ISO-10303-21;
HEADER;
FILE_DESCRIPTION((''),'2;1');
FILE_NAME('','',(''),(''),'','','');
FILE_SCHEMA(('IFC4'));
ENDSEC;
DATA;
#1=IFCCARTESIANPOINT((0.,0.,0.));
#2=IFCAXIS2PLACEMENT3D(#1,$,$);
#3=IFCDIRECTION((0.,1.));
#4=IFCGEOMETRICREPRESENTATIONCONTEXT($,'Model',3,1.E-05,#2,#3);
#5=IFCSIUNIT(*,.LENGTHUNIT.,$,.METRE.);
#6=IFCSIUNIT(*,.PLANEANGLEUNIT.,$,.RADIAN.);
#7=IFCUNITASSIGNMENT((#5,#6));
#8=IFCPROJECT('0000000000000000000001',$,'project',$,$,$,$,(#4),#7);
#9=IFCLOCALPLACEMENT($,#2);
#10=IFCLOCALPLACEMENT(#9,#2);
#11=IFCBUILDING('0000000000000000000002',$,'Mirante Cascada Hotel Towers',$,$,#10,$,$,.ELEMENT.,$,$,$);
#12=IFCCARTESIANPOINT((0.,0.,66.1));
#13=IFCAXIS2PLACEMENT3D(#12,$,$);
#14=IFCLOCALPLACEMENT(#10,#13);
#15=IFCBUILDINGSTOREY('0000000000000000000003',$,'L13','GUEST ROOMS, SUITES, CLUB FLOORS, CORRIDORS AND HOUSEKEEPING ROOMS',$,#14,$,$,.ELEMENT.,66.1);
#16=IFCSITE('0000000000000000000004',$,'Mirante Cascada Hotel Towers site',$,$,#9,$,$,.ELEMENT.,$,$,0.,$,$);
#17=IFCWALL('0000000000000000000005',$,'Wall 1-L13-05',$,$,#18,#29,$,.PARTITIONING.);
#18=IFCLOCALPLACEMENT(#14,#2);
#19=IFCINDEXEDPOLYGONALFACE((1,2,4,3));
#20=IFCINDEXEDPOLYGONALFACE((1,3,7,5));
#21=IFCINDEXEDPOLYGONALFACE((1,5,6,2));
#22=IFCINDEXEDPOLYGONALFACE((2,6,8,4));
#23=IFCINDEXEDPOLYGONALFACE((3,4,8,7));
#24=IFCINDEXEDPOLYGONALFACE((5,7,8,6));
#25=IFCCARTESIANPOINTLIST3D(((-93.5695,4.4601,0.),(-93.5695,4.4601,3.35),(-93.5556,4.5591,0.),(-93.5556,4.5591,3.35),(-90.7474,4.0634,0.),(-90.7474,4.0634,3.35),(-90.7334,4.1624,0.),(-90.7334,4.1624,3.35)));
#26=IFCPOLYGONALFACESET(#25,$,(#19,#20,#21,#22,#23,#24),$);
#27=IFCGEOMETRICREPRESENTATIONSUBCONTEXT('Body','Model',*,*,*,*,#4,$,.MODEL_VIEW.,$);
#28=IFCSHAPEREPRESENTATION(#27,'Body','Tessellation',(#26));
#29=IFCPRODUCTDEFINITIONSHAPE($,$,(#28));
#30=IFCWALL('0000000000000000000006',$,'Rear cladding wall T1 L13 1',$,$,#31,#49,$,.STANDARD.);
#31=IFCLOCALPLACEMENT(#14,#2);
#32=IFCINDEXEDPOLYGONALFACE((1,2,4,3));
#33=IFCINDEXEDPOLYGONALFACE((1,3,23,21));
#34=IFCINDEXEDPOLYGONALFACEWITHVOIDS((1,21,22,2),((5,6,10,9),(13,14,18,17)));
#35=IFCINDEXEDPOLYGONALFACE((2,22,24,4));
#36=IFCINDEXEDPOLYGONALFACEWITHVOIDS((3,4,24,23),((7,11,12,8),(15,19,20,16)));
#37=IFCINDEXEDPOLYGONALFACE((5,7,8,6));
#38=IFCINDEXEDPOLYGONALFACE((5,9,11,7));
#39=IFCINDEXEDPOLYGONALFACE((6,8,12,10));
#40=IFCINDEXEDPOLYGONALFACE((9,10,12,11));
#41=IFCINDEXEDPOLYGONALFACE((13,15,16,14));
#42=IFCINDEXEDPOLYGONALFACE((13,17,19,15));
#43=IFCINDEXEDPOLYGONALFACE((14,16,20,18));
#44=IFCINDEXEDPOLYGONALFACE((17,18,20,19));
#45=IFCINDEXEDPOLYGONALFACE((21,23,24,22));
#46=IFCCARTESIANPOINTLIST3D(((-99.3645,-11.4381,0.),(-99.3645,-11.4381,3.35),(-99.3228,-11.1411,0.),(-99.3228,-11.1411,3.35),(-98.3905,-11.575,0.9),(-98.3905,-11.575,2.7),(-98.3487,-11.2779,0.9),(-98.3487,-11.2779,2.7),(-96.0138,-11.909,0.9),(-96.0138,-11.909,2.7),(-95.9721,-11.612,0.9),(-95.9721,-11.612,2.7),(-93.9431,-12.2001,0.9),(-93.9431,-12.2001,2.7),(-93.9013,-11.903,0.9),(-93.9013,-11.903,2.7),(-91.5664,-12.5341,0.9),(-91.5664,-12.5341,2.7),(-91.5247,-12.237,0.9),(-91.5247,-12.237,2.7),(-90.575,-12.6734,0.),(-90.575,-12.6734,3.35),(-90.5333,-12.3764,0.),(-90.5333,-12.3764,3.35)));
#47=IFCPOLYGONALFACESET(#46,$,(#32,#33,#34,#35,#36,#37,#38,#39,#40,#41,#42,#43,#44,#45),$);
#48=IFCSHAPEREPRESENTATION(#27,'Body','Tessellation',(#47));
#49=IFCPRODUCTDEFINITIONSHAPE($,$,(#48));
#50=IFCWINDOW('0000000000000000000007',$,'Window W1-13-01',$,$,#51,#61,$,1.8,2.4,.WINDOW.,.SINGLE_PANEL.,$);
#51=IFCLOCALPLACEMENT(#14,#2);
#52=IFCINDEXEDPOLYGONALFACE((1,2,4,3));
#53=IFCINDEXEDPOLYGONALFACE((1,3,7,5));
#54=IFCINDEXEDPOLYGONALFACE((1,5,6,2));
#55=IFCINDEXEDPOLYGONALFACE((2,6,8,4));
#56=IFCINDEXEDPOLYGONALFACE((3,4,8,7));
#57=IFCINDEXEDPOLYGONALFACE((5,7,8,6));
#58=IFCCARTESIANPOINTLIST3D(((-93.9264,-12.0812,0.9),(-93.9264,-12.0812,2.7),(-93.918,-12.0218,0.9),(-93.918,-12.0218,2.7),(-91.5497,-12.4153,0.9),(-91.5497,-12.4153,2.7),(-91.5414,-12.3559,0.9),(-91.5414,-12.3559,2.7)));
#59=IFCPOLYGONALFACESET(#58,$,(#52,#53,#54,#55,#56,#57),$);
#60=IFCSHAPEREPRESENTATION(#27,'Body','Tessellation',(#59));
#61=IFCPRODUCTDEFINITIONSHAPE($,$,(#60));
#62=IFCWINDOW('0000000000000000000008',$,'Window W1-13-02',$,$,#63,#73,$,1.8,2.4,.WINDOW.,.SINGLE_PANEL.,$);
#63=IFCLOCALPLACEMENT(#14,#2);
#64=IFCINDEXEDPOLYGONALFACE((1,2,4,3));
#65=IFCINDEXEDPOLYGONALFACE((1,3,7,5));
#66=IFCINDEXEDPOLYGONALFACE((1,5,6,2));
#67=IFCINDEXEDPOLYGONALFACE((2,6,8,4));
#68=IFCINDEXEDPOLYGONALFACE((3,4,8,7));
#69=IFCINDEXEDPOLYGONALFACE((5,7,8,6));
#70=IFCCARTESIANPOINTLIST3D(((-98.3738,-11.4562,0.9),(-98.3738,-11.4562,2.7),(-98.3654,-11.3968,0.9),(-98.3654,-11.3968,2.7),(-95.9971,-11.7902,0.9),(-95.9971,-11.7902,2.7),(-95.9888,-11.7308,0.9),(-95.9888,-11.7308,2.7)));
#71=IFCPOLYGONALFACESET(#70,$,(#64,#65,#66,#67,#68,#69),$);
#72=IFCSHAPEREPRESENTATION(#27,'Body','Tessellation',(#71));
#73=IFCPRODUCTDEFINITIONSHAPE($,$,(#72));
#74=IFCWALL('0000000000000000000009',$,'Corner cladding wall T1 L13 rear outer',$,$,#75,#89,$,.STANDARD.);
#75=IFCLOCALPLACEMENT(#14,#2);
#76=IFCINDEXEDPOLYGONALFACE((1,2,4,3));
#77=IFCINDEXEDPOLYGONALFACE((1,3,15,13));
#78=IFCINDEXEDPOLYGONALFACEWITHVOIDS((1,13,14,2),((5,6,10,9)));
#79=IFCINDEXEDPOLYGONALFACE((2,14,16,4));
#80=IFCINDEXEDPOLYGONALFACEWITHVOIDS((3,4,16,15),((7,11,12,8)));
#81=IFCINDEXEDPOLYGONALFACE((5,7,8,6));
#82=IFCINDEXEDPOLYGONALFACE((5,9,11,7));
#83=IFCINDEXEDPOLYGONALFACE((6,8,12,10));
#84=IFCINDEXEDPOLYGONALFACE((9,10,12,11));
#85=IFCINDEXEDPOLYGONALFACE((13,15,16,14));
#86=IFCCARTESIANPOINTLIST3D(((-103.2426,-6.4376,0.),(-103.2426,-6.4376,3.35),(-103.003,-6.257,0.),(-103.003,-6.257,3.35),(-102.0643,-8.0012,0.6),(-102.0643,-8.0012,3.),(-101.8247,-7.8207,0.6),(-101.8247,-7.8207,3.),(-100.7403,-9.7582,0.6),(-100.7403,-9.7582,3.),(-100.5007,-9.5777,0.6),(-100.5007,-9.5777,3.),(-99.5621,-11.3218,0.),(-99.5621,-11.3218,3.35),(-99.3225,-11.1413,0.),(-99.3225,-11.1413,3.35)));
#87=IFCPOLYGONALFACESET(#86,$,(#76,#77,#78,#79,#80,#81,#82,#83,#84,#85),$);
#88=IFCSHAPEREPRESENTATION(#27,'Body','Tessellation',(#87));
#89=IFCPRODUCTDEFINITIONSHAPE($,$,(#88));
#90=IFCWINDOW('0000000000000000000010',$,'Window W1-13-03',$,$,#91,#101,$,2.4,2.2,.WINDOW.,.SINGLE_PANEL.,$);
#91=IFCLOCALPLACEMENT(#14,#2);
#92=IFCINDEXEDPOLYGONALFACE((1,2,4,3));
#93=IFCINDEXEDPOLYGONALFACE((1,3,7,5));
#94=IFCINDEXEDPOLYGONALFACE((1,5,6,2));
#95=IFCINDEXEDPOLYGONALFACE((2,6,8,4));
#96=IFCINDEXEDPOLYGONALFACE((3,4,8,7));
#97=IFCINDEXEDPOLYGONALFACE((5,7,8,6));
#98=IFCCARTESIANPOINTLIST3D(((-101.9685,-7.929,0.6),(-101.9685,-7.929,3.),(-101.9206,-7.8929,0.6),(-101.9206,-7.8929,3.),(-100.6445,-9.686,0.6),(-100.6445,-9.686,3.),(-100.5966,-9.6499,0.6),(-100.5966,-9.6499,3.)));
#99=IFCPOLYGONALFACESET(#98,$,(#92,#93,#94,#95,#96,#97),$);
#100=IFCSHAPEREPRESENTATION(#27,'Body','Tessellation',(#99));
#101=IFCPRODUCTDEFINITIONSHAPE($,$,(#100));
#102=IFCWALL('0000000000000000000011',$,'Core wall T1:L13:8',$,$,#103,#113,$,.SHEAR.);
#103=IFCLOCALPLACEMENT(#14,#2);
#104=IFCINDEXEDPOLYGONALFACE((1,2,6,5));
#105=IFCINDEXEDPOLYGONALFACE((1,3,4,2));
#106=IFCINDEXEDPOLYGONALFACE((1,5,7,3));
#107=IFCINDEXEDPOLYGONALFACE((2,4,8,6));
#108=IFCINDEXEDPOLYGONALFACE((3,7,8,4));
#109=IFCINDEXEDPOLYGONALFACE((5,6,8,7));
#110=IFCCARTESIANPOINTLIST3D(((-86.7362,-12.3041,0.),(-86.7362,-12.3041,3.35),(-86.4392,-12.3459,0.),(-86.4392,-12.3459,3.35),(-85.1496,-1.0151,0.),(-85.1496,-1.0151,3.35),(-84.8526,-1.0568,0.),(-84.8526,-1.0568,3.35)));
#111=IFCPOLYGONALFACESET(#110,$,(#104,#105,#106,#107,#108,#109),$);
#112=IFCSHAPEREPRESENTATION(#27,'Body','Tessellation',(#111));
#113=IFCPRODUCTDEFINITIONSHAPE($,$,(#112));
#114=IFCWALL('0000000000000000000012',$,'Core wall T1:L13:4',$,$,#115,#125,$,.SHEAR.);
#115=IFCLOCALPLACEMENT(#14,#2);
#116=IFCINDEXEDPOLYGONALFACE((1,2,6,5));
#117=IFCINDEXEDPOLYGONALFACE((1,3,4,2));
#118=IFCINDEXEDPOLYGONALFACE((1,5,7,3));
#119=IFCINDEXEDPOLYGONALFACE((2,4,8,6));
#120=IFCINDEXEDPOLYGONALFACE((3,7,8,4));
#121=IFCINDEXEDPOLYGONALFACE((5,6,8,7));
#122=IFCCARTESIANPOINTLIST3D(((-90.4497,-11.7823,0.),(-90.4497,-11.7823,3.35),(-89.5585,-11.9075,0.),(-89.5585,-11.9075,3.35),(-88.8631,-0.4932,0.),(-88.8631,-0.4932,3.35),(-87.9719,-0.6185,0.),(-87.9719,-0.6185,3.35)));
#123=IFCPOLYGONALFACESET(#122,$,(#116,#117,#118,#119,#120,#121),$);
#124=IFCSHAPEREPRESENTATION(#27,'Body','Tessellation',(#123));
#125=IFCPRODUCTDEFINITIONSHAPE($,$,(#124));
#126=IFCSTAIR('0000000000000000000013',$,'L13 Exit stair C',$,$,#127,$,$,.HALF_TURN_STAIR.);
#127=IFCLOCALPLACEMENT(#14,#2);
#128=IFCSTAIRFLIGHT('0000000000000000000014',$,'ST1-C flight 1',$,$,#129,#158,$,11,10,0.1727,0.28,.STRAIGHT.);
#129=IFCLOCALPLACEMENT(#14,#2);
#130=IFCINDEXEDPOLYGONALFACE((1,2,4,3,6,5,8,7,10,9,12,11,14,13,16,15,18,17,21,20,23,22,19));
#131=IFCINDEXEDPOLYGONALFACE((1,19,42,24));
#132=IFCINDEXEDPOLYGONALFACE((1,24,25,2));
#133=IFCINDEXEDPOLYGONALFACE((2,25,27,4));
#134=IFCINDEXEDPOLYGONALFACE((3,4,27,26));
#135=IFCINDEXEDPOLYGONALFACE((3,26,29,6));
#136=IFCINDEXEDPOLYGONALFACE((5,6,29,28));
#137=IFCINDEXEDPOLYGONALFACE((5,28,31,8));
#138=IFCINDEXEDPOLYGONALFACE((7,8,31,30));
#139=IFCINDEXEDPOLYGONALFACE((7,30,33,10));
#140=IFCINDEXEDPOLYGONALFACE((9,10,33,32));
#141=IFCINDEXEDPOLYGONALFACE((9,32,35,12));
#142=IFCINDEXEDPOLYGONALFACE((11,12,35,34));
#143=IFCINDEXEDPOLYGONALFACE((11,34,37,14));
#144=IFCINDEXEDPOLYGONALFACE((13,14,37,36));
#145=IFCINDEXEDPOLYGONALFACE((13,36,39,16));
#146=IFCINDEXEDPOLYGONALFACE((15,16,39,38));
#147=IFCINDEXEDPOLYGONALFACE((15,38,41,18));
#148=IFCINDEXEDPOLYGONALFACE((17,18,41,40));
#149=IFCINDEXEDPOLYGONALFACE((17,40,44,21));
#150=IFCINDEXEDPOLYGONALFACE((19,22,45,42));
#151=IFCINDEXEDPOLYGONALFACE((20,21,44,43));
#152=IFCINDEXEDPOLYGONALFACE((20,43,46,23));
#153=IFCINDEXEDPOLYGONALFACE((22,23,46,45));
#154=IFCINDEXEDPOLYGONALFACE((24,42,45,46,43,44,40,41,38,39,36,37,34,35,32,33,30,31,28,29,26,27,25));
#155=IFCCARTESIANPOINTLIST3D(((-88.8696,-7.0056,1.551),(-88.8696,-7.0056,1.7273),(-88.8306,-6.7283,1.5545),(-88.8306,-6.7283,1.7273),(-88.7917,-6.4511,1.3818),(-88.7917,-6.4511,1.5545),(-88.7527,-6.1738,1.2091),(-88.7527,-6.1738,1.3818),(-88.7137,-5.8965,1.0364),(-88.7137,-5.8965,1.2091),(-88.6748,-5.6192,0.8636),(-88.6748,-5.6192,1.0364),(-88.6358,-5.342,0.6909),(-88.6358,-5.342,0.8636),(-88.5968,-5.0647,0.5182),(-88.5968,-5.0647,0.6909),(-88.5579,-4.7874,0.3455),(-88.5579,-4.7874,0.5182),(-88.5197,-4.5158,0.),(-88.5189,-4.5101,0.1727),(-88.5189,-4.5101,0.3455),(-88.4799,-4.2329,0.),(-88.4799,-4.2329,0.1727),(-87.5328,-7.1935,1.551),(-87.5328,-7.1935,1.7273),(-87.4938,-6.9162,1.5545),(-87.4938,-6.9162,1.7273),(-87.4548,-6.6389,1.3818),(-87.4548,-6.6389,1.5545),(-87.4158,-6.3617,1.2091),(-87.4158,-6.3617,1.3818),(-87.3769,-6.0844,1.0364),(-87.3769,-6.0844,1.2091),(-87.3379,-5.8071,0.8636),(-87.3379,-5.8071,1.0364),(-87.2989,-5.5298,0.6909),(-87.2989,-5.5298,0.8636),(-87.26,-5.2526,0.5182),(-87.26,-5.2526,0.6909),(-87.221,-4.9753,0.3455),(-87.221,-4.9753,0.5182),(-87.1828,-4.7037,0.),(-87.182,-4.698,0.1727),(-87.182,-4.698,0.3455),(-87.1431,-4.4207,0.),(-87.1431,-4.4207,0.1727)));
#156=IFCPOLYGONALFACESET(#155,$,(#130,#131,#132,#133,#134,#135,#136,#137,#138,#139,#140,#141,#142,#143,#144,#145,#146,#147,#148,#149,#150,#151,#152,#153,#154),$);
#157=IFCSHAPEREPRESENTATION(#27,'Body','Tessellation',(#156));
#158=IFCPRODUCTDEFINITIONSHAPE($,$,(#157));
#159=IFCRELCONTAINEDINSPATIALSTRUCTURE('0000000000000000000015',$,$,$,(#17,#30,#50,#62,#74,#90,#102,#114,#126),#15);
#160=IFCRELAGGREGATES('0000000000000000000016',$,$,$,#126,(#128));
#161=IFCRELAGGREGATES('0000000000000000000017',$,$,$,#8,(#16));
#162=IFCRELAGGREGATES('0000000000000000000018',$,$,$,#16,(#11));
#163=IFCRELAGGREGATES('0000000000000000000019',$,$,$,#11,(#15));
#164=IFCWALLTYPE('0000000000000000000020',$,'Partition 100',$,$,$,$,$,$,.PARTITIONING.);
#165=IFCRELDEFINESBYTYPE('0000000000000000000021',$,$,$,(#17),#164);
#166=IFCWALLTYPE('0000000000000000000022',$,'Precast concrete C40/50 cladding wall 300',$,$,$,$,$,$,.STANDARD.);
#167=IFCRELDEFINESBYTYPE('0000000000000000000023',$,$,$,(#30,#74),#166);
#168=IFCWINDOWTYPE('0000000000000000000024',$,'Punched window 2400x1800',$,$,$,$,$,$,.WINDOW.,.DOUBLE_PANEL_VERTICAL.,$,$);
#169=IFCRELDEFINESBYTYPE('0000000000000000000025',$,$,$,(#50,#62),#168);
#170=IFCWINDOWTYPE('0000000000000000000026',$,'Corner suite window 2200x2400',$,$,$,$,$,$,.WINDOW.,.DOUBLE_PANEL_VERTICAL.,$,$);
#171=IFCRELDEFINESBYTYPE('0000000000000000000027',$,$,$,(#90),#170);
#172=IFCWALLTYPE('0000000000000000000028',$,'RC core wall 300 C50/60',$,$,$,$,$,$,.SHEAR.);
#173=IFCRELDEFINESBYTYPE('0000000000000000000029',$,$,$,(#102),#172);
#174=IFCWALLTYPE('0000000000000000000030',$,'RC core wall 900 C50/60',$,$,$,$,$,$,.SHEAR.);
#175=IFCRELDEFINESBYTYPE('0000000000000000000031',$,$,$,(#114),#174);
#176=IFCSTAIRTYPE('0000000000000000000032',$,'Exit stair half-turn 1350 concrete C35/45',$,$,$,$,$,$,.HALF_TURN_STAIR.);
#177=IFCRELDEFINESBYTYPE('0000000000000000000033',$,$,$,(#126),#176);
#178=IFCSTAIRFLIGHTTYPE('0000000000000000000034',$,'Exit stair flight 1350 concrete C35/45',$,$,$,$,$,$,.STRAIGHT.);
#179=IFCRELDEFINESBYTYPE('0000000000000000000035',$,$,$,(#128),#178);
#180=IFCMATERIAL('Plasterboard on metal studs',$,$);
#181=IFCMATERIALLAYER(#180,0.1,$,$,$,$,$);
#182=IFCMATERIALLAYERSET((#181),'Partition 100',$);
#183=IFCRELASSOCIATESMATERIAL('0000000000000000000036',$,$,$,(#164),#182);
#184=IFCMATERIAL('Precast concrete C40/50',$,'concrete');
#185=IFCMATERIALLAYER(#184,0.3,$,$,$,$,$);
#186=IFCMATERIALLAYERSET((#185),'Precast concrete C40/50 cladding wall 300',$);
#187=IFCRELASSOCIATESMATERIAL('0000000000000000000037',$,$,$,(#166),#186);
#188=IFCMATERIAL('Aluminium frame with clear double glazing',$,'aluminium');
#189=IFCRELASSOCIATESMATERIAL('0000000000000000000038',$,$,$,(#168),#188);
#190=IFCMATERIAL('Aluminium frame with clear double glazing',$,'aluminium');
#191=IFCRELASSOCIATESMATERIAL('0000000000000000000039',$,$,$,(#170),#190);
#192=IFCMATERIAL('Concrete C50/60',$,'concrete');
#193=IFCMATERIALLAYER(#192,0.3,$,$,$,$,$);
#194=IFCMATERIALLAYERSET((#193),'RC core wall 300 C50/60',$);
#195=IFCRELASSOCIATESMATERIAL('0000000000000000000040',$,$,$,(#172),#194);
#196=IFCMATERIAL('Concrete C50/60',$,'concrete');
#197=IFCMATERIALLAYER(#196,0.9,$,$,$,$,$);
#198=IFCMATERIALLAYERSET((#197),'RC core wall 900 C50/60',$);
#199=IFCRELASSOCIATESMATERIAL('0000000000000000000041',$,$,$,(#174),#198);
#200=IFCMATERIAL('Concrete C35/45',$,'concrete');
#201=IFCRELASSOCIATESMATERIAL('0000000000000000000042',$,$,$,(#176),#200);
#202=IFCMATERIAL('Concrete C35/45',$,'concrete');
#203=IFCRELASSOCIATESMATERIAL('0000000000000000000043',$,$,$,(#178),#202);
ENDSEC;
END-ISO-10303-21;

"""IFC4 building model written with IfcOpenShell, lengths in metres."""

from ifc_helpers import new_model, si_unit, direction, frame, frame_2d, origin, place, context, subcontext, project, spatial, polyline, rectangle, outline, extrude, material, layer, layer_set, type_object, element, fill, aggregate, save


model = new_model("IFC4")

# Units and contexts
model_context = context("Model", 3, precision=1e-05, world=origin(), true_north=direction((0.0, 1.0)))
body_context = subcontext(model_context, "Body", "Model", "MODEL_VIEW")
ifc_project = project(units=[si_unit("LENGTHUNIT", "METRE"), si_unit("PLANEANGLEUNIT", "RADIAN")], contexts=[model_context])

# Site, building, storey
site_placement = place(None, origin())
site = spatial("IfcSite", under=ifc_project, at=site_placement, Name="Mirante Cascada Hotel Towers site", CompositionType="ELEMENT", RefElevation=0.0)
building_placement = place(site_placement, origin())
building = spatial("IfcBuilding", under=site, at=building_placement, Name="Mirante Cascada Hotel Towers", CompositionType="ELEMENT")
storey_placement = place(building_placement, frame((0.0, 0.0, 66.1)))
storey = spatial("IfcBuildingStorey", under=building, at=storey_placement, Name="L13", Description="GUEST ROOMS, SUITES, CLUB FLOORS, CORRIDORS AND HOUSEKEEPING ROOMS", CompositionType="ELEMENT", Elevation=66.1)

# Shared definitions
ifc_material_1 = material(Name="Plasterboard on metal studs")
ifc_layer_1 = layer(ifc_material_1, 0.1)
ifc_layer_set_1 = layer_set([ifc_layer_1], Name="Partition 100")
wall_type_1 = type_object("IfcWallType", Name="Partition 100", PredefinedType="PARTITIONING", material=ifc_layer_set_1)

# Wall
wall_1_placement = place(storey_placement, frame((-93.5626, 4.5096, 0.0), z_axis=(0.0, 0.0, 1.0), x_axis=(0.990265, -0.139196, 0.0)))
element("IfcWall", 1, at=wall_1_placement, inside=storey, type_object=wall_type_1, Name="Wall 1-L13-05", PredefinedType="PARTITIONING", context=body_context, shape_type="SweptSolid", body=[
    extrude(rectangle(XDim=2.8499, YDim=0.1, at=frame_2d((1.425, 0.0))), origin(), (0.0, 0.0, 1.0), 3.35),
])

# Wall, openings, windows
ifc_material_2 = material(Name="Precast concrete C40/50", Category="concrete")
ifc_layer_2 = layer(ifc_material_2, 0.3)
ifc_layer_set_2 = layer_set([ifc_layer_2], Name="Precast concrete C40/50 cladding wall 300")
wall_type_2 = type_object("IfcWallType", Name="Precast concrete C40/50 cladding wall 300", PredefinedType="STANDARD", material=ifc_layer_set_2)
wall_2_placement = place(storey_placement, frame((-90.5541, -12.5249, 0.0), z_axis=(0.0, 0.0, 1.0), x_axis=(-0.990268, 0.139175, 0.0)))
wall_2 = element("IfcWall", 2, at=wall_2_placement, inside=storey, type_object=wall_type_2, Name="Rear cladding wall T1 L13 1", PredefinedType="STANDARD", context=body_context, shape_type="SweptSolid", body=[
    extrude(rectangle(XDim=8.8759, YDim=0.3, at=frame_2d((4.438, 0.0))), origin(), (0.0, 0.0, 1.0), 3.35),
])
opening_1_placement = place(wall_2_placement, frame((1.0012, 0.0, 0.9)))
opening_1 = element("IfcOpeningElement", 3, at=opening_1_placement, cuts=wall_2, PredefinedType="OPENING", context=body_context, shape_type="SweptSolid", body=[
    extrude(rectangle(XDim=2.4, YDim=1.8, at=frame_2d((1.2, 0.9))), frame((0.0, 0.15, 0.0), z_axis=(0.0, -1.0, 0.0), x_axis=(1.0, 0.0, 0.0)), (0.0, 0.0, 1.0), 0.3),
])
opening_2_placement = place(wall_2_placement, frame((5.4923, 0.0, 0.9)))
opening_2 = element("IfcOpeningElement", 4, at=opening_2_placement, cuts=wall_2, PredefinedType="OPENING", context=body_context, shape_type="SweptSolid", body=[
    extrude(rectangle(XDim=2.4, YDim=1.8, at=frame_2d((1.2, 0.9))), frame((0.0, 0.15, 0.0), z_axis=(0.0, -1.0, 0.0), x_axis=(1.0, 0.0, 0.0)), (0.0, 0.0, 1.0), 0.3),
])
ifc_material_3 = material(Name="Aluminium frame with clear double glazing", Category="aluminium")
window_type_1 = type_object("IfcWindowType", Name="Punched window 2400x1800", PartitioningType="DOUBLE_PANEL_VERTICAL", PredefinedType="WINDOW", material=ifc_material_3)
window_1_placement = place(opening_1_placement, origin())
window_1 = element("IfcWindow", 5, at=window_1_placement, inside=storey, type_object=window_type_1, Name="Window W1-13-01", OverallHeight=1.8, OverallWidth=2.4, PartitioningType="SINGLE_PANEL", PredefinedType="WINDOW", context=body_context, shape_type="SweptSolid", body=[
    extrude(rectangle(XDim=2.4, YDim=1.8, at=frame_2d((1.2, 0.9))), frame((0.0, 0.03, 0.0), z_axis=(0.0, -1.0, 0.0), x_axis=(1.0, 0.0, 0.0)), (0.0, 0.0, 1.0), 0.06),
])
fill(opening_1, window_1)
window_2_placement = place(opening_2_placement, origin())
window_2 = element("IfcWindow", 6, at=window_2_placement, inside=storey, type_object=window_type_1, Name="Window W1-13-02", OverallHeight=1.8, OverallWidth=2.4, PartitioningType="SINGLE_PANEL", PredefinedType="WINDOW", context=body_context, shape_type="SweptSolid", body=[
    extrude(rectangle(XDim=2.4, YDim=1.8, at=frame_2d((1.2, 0.9))), frame((0.0, 0.03, 0.0), z_axis=(0.0, -1.0, 0.0), x_axis=(1.0, 0.0, 0.0)), (0.0, 0.0, 1.0), 0.06),
])
fill(opening_2, window_2)

# Wall, opening, window
wall_3_placement = place(storey_placement, frame((-99.4423, -11.2315, 0.0), z_axis=(0.0, 0.0, 1.0), x_axis=(-0.601814, 0.798636, 0.0)))
wall_3 = element("IfcWall", 7, at=wall_3_placement, inside=storey, type_object=wall_type_2, Name="Corner cladding wall T1 L13 rear outer", PredefinedType="STANDARD", context=body_context, shape_type="SweptSolid", body=[
    extrude(rectangle(XDim=6.1157, YDim=0.3, at=frame_2d((3.0578, 0.0))), origin(), (0.0, 0.0, 1.0), 3.35),
])
opening_3_placement = place(wall_3_placement, frame((1.9578, 0.0, 0.6)))
opening_3 = element("IfcOpeningElement", 8, at=opening_3_placement, cuts=wall_3, PredefinedType="OPENING", context=body_context, shape_type="SweptSolid", body=[
    extrude(rectangle(XDim=2.2, YDim=2.4, at=frame_2d((1.1, 1.2))), frame((0.0, 0.15, 0.0), z_axis=(0.0, -1.0, 0.0), x_axis=(1.0, 0.0, 0.0)), (0.0, 0.0, 1.0), 0.3),
])
ifc_material_4 = material(Name="Aluminium frame with clear double glazing", Category="aluminium")
window_type_2 = type_object("IfcWindowType", Name="Corner suite window 2200x2400", PartitioningType="DOUBLE_PANEL_VERTICAL", PredefinedType="WINDOW", material=ifc_material_4)
window_3_placement = place(opening_3_placement, origin())
window_3 = element("IfcWindow", 9, at=window_3_placement, inside=storey, type_object=window_type_2, Name="Window W1-13-03", OverallHeight=2.4, OverallWidth=2.2, PartitioningType="SINGLE_PANEL", PredefinedType="WINDOW", context=body_context, shape_type="SweptSolid", body=[
    extrude(rectangle(XDim=2.2, YDim=2.4, at=frame_2d((1.1, 1.2))), frame((0.0, 0.03, 0.0), z_axis=(0.0, -1.0, 0.0), x_axis=(1.0, 0.0, 0.0)), (0.0, 0.0, 1.0), 0.06),
])
fill(opening_3, window_3)

# Walls
ifc_material_5 = material(Name="Concrete C50/60", Category="concrete")
ifc_layer_3 = layer(ifc_material_5, 0.3)
ifc_layer_set_3 = layer_set([ifc_layer_3], Name="RC core wall 300 C50/60")
wall_type_3 = type_object("IfcWallType", Name="RC core wall 300 C50/60", PredefinedType="SHEAR", material=ifc_layer_set_3)
wall_4_placement = place(storey_placement, frame((-86.5877, -12.325, 0.0), z_axis=(0.0, 0.0, 1.0), x_axis=(0.139175, 0.990268, 0.0)))
element("IfcWall", 10, at=wall_4_placement, inside=storey, type_object=wall_type_3, Name="Core wall T1:L13:8", PredefinedType="SHEAR", context=body_context, shape_type="SweptSolid", body=[
    extrude(rectangle(XDim=11.4, YDim=0.3, at=frame_2d((5.7, 0.0))), origin(), (0.0, 0.0, 1.0), 3.35),
])
ifc_material_6 = material(Name="Concrete C50/60", Category="concrete")
ifc_layer_4 = layer(ifc_material_6, 0.9)
ifc_layer_set_4 = layer_set([ifc_layer_4], Name="RC core wall 900 C50/60")
wall_type_4 = type_object("IfcWallType", Name="RC core wall 900 C50/60", PredefinedType="SHEAR", material=ifc_layer_set_4)
wall_5_placement = place(storey_placement, frame((-90.0041, -11.8449, 0.0), z_axis=(0.0, 0.0, 1.0), x_axis=(0.139175, 0.990268, 0.0)))
element("IfcWall", 11, at=wall_5_placement, inside=storey, type_object=wall_type_4, Name="Core wall T1:L13:4", PredefinedType="SHEAR", context=body_context, shape_type="SweptSolid", body=[
    extrude(rectangle(XDim=11.4, YDim=0.9, at=frame_2d((5.7, 0.0))), origin(), (0.0, 0.0, 1.0), 3.35),
])

# Stair, stair flight
ifc_material_7 = material(Name="Concrete C35/45", Category="concrete")
stair_type = type_object("IfcStairType", Name="Exit stair half-turn 1350 concrete C35/45", PredefinedType="HALF_TURN_STAIR", material=ifc_material_7)
stair_placement = place(storey_placement, origin())
stair = element("IfcStair", 12, at=stair_placement, inside=storey, type_object=stair_type, Name="L13 Exit stair C", PredefinedType="HALF_TURN_STAIR")
ifc_material_8 = material(Name="Concrete C35/45", Category="concrete")
stair_flight_type = type_object("IfcStairFlightType", Name="Exit stair flight 1350 concrete C35/45", PredefinedType="STRAIGHT", material=ifc_material_8)
stair_flight_placement = place(storey_placement, frame((-87.8115, -4.3268, 0.0), z_axis=(0.0, 0.0, 1.0), x_axis=(-0.139173, -0.990268, 0.0)))
stair_flight = element("IfcStairFlight", 13, at=stair_flight_placement, type_object=stair_flight_type, Name="ST1-C flight 1", NumberOfRisers=11, NumberOfTreads=10, PredefinedType="STRAIGHT", RiserHeight=0.1727, TreadLength=0.28, context=body_context, shape_type="SweptSolid", body=[
    extrude(outline(polyline([(0.0, 0.0), (0.0, 0.1727), (0.28, 0.1727), (0.28, 0.3455), (0.56, 0.3455), (0.56, 0.5182), (0.84, 0.5182), (0.84, 0.6909), (1.12, 0.6909), (1.12, 0.8636), (1.4, 0.8636), (1.4, 1.0364), (1.68, 1.0364), (1.68, 1.2091), (1.96, 1.2091), (1.96, 1.3818), (2.24, 1.3818), (2.24, 1.5545), (2.52, 1.5545), (2.52, 1.7273), (2.8, 1.7273), (2.8, 1.9), (2.8, 1.551), (0.2857, 0.0), (0.0, 0.0)])), frame((0.0, 0.675, 0.0), z_axis=(0.0, -1.0, 0.0), x_axis=(1.0, 0.0, 0.0)), (0.0, 0.0, 1.0), 1.35),
])
aggregate(stair, [stair_flight])

save(model, "model.ifc")
